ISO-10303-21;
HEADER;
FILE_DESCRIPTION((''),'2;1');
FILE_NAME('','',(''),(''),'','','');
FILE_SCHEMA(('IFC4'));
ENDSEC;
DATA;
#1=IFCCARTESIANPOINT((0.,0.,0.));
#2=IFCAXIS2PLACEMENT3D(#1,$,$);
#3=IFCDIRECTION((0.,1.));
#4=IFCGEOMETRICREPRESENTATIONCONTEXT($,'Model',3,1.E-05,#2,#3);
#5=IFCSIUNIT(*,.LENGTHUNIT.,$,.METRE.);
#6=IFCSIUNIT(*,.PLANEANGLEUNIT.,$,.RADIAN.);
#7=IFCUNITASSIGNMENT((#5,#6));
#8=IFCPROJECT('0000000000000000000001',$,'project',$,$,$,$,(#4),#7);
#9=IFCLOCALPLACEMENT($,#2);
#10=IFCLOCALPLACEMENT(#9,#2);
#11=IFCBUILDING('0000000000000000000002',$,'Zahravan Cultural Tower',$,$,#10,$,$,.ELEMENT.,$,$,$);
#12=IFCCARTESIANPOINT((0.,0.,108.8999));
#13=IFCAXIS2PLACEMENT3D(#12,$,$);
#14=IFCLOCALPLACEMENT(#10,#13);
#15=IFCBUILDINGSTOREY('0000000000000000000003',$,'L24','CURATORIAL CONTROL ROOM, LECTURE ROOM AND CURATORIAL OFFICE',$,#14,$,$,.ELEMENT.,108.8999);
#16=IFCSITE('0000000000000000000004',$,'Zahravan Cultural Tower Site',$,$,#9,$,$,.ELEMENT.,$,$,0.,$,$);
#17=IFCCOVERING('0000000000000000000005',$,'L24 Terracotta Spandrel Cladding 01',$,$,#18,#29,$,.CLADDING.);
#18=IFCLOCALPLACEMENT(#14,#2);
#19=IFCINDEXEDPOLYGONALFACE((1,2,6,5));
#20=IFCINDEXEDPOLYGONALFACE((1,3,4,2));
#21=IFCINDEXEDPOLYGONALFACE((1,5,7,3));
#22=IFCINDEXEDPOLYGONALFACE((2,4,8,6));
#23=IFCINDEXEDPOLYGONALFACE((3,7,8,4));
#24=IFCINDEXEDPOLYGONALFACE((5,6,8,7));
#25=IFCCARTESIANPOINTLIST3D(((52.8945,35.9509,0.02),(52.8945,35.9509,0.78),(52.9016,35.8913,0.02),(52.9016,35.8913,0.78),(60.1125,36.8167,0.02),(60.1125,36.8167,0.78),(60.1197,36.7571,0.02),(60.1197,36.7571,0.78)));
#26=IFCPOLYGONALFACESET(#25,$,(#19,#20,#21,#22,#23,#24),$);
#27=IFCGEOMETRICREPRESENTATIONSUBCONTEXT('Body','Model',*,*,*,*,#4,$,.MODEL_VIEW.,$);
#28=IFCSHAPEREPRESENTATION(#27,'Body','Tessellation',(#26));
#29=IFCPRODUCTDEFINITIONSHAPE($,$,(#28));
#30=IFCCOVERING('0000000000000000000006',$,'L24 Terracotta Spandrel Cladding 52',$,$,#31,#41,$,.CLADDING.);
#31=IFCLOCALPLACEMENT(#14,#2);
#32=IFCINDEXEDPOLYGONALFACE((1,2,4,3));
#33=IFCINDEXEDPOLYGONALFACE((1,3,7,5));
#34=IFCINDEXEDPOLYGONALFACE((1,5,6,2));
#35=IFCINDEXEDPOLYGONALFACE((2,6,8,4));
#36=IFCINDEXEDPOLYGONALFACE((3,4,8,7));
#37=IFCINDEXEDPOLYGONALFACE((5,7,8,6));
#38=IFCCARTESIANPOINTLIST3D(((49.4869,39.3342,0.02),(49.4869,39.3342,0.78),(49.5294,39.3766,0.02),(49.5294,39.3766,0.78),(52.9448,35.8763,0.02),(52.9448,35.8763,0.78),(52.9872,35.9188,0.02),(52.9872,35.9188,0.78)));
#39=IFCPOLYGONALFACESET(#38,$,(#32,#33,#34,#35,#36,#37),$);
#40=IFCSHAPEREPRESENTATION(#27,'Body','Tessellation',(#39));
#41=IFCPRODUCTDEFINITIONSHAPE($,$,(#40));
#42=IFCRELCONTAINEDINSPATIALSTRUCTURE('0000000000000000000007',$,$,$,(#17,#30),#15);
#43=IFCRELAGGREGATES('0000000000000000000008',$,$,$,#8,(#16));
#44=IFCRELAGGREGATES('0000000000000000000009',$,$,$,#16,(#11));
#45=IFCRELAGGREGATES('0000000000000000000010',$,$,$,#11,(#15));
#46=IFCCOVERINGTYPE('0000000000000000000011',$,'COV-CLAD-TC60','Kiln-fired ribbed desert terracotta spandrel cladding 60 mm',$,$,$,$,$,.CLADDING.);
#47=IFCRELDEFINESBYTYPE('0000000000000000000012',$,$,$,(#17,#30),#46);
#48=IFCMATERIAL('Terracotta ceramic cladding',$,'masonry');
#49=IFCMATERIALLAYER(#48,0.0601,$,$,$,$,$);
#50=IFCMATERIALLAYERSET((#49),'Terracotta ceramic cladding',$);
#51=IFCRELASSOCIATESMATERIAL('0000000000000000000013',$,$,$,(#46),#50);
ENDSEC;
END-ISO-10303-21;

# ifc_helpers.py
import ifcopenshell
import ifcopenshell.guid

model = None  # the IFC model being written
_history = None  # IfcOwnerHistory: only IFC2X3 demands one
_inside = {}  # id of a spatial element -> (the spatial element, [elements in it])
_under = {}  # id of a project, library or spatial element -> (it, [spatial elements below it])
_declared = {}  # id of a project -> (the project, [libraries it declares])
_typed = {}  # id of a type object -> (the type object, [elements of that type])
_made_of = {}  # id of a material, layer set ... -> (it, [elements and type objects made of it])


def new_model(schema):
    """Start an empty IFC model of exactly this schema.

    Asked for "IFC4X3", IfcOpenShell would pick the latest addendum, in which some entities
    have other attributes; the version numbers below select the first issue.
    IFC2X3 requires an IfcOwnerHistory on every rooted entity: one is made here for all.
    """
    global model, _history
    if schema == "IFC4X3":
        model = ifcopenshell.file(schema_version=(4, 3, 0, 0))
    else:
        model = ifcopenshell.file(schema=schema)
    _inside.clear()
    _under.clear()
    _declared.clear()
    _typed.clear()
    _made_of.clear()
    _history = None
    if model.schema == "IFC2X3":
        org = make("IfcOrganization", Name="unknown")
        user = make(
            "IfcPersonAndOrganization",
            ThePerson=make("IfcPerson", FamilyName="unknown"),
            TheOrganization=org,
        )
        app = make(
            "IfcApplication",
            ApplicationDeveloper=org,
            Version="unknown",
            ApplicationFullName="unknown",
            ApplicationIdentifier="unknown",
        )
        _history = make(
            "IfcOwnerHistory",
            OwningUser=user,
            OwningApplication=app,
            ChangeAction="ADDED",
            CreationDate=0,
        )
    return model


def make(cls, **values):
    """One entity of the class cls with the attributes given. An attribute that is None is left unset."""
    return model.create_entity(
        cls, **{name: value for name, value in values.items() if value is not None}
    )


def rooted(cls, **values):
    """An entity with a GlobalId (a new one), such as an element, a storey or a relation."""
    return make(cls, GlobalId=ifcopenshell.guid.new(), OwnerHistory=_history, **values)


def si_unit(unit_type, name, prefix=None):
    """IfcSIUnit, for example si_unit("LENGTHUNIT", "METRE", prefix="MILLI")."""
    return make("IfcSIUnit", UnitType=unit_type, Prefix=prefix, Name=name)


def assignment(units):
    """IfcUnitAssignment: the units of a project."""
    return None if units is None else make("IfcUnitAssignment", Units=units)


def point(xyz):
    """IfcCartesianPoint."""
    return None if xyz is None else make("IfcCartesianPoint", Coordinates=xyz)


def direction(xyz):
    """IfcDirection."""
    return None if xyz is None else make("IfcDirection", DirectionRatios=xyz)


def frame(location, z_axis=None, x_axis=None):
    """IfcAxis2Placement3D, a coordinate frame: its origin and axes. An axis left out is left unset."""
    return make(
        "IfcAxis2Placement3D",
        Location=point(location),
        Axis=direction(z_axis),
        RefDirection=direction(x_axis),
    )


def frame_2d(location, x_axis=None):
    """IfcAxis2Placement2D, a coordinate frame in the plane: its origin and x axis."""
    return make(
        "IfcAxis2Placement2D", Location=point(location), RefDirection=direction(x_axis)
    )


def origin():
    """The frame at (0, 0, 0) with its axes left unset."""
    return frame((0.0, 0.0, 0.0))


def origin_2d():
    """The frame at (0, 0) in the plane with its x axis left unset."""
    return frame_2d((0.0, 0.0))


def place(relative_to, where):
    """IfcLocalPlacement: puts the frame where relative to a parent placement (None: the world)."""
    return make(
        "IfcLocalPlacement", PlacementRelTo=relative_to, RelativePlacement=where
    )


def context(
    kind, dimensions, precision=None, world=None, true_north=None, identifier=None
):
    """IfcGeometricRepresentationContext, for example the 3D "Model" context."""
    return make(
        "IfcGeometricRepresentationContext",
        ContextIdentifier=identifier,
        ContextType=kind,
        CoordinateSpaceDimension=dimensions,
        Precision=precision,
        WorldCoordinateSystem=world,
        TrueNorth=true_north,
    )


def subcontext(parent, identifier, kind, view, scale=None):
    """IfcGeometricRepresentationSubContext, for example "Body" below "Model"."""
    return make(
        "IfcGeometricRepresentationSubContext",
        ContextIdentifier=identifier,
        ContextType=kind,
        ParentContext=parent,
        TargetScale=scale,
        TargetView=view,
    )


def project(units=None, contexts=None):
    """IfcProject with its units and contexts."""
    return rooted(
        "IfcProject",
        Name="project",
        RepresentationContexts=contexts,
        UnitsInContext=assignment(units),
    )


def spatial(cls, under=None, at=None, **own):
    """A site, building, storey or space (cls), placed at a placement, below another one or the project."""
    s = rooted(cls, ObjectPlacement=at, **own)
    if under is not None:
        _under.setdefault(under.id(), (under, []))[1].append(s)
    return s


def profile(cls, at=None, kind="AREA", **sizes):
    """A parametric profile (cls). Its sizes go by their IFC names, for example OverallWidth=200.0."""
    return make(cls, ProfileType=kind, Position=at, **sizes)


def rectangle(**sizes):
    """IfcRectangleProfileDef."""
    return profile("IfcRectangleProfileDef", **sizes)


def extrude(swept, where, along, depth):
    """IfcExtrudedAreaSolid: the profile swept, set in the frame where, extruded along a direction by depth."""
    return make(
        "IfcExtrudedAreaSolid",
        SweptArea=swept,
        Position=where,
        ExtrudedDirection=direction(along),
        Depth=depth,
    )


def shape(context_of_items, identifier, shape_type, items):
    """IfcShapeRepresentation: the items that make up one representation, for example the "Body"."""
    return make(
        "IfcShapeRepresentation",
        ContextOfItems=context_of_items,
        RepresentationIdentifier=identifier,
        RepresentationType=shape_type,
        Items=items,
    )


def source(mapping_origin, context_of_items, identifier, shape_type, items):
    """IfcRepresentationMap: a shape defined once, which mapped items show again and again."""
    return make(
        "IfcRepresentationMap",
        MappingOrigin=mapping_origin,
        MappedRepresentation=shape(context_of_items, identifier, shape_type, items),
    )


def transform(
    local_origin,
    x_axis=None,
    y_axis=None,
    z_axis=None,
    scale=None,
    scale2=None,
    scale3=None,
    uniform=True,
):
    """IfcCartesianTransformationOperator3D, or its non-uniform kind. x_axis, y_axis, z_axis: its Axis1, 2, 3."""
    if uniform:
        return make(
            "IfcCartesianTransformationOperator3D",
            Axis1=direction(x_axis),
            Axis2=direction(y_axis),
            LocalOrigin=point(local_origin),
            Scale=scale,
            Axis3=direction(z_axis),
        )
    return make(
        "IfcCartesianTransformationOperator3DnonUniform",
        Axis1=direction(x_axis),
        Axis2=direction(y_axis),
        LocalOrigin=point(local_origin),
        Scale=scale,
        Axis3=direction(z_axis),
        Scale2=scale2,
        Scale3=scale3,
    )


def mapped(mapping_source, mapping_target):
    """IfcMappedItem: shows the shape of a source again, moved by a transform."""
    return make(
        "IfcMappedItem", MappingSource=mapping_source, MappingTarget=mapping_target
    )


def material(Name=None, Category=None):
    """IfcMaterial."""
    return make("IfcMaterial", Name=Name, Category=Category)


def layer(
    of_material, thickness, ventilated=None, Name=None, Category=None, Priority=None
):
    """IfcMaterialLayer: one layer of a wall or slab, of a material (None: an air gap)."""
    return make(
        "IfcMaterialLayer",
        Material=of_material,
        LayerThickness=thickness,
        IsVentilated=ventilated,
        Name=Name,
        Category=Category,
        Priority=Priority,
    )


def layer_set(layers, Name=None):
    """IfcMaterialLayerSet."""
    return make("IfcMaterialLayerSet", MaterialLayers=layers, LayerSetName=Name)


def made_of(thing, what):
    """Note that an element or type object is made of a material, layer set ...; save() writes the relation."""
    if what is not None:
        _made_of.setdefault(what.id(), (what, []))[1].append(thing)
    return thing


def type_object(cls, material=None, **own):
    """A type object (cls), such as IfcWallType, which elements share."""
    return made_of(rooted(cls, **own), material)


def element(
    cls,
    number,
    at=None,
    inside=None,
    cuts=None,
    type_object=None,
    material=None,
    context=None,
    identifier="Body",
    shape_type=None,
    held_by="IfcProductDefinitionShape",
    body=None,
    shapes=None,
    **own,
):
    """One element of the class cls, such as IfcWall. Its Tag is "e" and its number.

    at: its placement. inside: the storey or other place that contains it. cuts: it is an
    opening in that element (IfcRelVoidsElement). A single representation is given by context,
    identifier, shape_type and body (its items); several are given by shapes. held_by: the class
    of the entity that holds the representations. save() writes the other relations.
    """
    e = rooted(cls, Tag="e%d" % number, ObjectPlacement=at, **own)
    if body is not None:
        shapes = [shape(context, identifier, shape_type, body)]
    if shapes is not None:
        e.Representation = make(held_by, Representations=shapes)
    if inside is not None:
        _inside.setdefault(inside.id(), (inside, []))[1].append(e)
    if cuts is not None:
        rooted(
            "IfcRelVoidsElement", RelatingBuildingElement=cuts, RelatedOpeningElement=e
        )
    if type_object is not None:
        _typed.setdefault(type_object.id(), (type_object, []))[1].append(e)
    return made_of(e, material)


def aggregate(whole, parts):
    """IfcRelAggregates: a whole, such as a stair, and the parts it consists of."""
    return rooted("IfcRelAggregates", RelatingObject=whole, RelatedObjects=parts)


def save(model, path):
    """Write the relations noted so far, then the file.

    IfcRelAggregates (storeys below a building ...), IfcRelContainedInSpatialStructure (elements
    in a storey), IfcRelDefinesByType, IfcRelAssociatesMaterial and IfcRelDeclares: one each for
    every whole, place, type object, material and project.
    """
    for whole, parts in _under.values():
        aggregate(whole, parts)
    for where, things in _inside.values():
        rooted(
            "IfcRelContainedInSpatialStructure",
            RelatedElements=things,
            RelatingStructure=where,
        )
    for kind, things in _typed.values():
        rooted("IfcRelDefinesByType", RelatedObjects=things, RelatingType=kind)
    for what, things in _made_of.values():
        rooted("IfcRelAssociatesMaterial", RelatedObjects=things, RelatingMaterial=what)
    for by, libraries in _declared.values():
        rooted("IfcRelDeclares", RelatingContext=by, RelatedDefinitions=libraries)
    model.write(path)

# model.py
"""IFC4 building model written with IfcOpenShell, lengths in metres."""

from ifc_helpers import new_model, si_unit, direction, frame, origin, origin_2d, place, context, subcontext, project, spatial, rectangle, extrude, source, transform, mapped, material, layer, layer_set, type_object, element, save


model = new_model("IFC4")

# Units and contexts
model_context = context("Model", 3, precision=1e-05, world=origin(), true_north=direction((0.0, 1.0)))
body_context = subcontext(model_context, "Body", "Model", "MODEL_VIEW")
ifc_project = project(units=[si_unit("LENGTHUNIT", "METRE"), si_unit("PLANEANGLEUNIT", "RADIAN")], contexts=[model_context])

# Site, building, storey
site_placement = place(None, origin())
site = spatial("IfcSite", under=ifc_project, at=site_placement, Name="Zahravan Cultural Tower Site", CompositionType="ELEMENT", RefElevation=0.0)
building_placement = place(site_placement, origin())
building = spatial("IfcBuilding", under=site, at=building_placement, Name="Zahravan Cultural Tower", CompositionType="ELEMENT")
storey_placement = place(building_placement, frame((0.0, 0.0, 108.8999)))
storey = spatial("IfcBuildingStorey", under=building, at=storey_placement, Name="L24", Description="CURATORIAL CONTROL ROOM, LECTURE ROOM AND CURATORIAL OFFICE", CompositionType="ELEMENT", Elevation=108.8999)

# Coverings
ifc_material_1 = material(Name="Terracotta ceramic cladding", Category="masonry")
ifc_layer_1 = layer(ifc_material_1, 0.0601)
ifc_layer_set_1 = layer_set([ifc_layer_1], Name="Terracotta ceramic cladding")
covering_type = type_object("IfcCoveringType", Name="COV-CLAD-TC60", Description="Kiln-fired ribbed desert terracotta spandrel cladding 60 mm", PredefinedType="CLADDING", material=ifc_layer_set_1)
shared_shape_1 = source(origin(), body_context, "Body", "SweptSolid", [
    extrude(rectangle(XDim=7.2698, YDim=0.0601, at=origin_2d()), origin(), (0.0, 0.0, 1.0), 0.76),
])
covering_1_placement = place(storey_placement, frame((56.5071, 36.354, 0.02), z_axis=(0.0, 0.0, 1.0), x_axis=(0.992883, 0.119097, 0.0)))
element("IfcCovering", 1, at=covering_1_placement, inside=storey, type_object=covering_type, Name="L24 Terracotta Spandrel Cladding 01", PredefinedType="CLADDING", context=body_context, shape_type="MappedRepresentation", body=[
    mapped(shared_shape_1, transform((0.0, 0.0, 0.0), x_axis=(1.0, 0.0, 0.0), y_axis=(0.0, 1.0, 0.0), z_axis=(0.0, 0.0, 1.0), scale=1.0)),
])
shared_shape_2 = source(origin(), body_context, "Body", "SweptSolid", [
    extrude(rectangle(XDim=4.8901, YDim=0.0601, at=origin_2d()), origin(), (0.0, 0.0, 1.0), 0.76),
])
covering_2_placement = place(storey_placement, frame((51.2371, 37.6265, 0.02), z_axis=(0.0, 0.0, 1.0), x_axis=(0.707107, -0.707107, 0.0)))
element("IfcCovering", 2, at=covering_2_placement, inside=storey, type_object=covering_type, Name="L24 Terracotta Spandrel Cladding 52", PredefinedType="CLADDING", context=body_context, shape_type="MappedRepresentation", body=[
    mapped(shared_shape_2, transform((0.0, 0.0, 0.0), x_axis=(1.0, 0.0, 0.0), y_axis=(0.0, 1.0, 0.0), z_axis=(0.0, 0.0, 1.0), scale=1.0)),
])

save(model, "model.ifc")
